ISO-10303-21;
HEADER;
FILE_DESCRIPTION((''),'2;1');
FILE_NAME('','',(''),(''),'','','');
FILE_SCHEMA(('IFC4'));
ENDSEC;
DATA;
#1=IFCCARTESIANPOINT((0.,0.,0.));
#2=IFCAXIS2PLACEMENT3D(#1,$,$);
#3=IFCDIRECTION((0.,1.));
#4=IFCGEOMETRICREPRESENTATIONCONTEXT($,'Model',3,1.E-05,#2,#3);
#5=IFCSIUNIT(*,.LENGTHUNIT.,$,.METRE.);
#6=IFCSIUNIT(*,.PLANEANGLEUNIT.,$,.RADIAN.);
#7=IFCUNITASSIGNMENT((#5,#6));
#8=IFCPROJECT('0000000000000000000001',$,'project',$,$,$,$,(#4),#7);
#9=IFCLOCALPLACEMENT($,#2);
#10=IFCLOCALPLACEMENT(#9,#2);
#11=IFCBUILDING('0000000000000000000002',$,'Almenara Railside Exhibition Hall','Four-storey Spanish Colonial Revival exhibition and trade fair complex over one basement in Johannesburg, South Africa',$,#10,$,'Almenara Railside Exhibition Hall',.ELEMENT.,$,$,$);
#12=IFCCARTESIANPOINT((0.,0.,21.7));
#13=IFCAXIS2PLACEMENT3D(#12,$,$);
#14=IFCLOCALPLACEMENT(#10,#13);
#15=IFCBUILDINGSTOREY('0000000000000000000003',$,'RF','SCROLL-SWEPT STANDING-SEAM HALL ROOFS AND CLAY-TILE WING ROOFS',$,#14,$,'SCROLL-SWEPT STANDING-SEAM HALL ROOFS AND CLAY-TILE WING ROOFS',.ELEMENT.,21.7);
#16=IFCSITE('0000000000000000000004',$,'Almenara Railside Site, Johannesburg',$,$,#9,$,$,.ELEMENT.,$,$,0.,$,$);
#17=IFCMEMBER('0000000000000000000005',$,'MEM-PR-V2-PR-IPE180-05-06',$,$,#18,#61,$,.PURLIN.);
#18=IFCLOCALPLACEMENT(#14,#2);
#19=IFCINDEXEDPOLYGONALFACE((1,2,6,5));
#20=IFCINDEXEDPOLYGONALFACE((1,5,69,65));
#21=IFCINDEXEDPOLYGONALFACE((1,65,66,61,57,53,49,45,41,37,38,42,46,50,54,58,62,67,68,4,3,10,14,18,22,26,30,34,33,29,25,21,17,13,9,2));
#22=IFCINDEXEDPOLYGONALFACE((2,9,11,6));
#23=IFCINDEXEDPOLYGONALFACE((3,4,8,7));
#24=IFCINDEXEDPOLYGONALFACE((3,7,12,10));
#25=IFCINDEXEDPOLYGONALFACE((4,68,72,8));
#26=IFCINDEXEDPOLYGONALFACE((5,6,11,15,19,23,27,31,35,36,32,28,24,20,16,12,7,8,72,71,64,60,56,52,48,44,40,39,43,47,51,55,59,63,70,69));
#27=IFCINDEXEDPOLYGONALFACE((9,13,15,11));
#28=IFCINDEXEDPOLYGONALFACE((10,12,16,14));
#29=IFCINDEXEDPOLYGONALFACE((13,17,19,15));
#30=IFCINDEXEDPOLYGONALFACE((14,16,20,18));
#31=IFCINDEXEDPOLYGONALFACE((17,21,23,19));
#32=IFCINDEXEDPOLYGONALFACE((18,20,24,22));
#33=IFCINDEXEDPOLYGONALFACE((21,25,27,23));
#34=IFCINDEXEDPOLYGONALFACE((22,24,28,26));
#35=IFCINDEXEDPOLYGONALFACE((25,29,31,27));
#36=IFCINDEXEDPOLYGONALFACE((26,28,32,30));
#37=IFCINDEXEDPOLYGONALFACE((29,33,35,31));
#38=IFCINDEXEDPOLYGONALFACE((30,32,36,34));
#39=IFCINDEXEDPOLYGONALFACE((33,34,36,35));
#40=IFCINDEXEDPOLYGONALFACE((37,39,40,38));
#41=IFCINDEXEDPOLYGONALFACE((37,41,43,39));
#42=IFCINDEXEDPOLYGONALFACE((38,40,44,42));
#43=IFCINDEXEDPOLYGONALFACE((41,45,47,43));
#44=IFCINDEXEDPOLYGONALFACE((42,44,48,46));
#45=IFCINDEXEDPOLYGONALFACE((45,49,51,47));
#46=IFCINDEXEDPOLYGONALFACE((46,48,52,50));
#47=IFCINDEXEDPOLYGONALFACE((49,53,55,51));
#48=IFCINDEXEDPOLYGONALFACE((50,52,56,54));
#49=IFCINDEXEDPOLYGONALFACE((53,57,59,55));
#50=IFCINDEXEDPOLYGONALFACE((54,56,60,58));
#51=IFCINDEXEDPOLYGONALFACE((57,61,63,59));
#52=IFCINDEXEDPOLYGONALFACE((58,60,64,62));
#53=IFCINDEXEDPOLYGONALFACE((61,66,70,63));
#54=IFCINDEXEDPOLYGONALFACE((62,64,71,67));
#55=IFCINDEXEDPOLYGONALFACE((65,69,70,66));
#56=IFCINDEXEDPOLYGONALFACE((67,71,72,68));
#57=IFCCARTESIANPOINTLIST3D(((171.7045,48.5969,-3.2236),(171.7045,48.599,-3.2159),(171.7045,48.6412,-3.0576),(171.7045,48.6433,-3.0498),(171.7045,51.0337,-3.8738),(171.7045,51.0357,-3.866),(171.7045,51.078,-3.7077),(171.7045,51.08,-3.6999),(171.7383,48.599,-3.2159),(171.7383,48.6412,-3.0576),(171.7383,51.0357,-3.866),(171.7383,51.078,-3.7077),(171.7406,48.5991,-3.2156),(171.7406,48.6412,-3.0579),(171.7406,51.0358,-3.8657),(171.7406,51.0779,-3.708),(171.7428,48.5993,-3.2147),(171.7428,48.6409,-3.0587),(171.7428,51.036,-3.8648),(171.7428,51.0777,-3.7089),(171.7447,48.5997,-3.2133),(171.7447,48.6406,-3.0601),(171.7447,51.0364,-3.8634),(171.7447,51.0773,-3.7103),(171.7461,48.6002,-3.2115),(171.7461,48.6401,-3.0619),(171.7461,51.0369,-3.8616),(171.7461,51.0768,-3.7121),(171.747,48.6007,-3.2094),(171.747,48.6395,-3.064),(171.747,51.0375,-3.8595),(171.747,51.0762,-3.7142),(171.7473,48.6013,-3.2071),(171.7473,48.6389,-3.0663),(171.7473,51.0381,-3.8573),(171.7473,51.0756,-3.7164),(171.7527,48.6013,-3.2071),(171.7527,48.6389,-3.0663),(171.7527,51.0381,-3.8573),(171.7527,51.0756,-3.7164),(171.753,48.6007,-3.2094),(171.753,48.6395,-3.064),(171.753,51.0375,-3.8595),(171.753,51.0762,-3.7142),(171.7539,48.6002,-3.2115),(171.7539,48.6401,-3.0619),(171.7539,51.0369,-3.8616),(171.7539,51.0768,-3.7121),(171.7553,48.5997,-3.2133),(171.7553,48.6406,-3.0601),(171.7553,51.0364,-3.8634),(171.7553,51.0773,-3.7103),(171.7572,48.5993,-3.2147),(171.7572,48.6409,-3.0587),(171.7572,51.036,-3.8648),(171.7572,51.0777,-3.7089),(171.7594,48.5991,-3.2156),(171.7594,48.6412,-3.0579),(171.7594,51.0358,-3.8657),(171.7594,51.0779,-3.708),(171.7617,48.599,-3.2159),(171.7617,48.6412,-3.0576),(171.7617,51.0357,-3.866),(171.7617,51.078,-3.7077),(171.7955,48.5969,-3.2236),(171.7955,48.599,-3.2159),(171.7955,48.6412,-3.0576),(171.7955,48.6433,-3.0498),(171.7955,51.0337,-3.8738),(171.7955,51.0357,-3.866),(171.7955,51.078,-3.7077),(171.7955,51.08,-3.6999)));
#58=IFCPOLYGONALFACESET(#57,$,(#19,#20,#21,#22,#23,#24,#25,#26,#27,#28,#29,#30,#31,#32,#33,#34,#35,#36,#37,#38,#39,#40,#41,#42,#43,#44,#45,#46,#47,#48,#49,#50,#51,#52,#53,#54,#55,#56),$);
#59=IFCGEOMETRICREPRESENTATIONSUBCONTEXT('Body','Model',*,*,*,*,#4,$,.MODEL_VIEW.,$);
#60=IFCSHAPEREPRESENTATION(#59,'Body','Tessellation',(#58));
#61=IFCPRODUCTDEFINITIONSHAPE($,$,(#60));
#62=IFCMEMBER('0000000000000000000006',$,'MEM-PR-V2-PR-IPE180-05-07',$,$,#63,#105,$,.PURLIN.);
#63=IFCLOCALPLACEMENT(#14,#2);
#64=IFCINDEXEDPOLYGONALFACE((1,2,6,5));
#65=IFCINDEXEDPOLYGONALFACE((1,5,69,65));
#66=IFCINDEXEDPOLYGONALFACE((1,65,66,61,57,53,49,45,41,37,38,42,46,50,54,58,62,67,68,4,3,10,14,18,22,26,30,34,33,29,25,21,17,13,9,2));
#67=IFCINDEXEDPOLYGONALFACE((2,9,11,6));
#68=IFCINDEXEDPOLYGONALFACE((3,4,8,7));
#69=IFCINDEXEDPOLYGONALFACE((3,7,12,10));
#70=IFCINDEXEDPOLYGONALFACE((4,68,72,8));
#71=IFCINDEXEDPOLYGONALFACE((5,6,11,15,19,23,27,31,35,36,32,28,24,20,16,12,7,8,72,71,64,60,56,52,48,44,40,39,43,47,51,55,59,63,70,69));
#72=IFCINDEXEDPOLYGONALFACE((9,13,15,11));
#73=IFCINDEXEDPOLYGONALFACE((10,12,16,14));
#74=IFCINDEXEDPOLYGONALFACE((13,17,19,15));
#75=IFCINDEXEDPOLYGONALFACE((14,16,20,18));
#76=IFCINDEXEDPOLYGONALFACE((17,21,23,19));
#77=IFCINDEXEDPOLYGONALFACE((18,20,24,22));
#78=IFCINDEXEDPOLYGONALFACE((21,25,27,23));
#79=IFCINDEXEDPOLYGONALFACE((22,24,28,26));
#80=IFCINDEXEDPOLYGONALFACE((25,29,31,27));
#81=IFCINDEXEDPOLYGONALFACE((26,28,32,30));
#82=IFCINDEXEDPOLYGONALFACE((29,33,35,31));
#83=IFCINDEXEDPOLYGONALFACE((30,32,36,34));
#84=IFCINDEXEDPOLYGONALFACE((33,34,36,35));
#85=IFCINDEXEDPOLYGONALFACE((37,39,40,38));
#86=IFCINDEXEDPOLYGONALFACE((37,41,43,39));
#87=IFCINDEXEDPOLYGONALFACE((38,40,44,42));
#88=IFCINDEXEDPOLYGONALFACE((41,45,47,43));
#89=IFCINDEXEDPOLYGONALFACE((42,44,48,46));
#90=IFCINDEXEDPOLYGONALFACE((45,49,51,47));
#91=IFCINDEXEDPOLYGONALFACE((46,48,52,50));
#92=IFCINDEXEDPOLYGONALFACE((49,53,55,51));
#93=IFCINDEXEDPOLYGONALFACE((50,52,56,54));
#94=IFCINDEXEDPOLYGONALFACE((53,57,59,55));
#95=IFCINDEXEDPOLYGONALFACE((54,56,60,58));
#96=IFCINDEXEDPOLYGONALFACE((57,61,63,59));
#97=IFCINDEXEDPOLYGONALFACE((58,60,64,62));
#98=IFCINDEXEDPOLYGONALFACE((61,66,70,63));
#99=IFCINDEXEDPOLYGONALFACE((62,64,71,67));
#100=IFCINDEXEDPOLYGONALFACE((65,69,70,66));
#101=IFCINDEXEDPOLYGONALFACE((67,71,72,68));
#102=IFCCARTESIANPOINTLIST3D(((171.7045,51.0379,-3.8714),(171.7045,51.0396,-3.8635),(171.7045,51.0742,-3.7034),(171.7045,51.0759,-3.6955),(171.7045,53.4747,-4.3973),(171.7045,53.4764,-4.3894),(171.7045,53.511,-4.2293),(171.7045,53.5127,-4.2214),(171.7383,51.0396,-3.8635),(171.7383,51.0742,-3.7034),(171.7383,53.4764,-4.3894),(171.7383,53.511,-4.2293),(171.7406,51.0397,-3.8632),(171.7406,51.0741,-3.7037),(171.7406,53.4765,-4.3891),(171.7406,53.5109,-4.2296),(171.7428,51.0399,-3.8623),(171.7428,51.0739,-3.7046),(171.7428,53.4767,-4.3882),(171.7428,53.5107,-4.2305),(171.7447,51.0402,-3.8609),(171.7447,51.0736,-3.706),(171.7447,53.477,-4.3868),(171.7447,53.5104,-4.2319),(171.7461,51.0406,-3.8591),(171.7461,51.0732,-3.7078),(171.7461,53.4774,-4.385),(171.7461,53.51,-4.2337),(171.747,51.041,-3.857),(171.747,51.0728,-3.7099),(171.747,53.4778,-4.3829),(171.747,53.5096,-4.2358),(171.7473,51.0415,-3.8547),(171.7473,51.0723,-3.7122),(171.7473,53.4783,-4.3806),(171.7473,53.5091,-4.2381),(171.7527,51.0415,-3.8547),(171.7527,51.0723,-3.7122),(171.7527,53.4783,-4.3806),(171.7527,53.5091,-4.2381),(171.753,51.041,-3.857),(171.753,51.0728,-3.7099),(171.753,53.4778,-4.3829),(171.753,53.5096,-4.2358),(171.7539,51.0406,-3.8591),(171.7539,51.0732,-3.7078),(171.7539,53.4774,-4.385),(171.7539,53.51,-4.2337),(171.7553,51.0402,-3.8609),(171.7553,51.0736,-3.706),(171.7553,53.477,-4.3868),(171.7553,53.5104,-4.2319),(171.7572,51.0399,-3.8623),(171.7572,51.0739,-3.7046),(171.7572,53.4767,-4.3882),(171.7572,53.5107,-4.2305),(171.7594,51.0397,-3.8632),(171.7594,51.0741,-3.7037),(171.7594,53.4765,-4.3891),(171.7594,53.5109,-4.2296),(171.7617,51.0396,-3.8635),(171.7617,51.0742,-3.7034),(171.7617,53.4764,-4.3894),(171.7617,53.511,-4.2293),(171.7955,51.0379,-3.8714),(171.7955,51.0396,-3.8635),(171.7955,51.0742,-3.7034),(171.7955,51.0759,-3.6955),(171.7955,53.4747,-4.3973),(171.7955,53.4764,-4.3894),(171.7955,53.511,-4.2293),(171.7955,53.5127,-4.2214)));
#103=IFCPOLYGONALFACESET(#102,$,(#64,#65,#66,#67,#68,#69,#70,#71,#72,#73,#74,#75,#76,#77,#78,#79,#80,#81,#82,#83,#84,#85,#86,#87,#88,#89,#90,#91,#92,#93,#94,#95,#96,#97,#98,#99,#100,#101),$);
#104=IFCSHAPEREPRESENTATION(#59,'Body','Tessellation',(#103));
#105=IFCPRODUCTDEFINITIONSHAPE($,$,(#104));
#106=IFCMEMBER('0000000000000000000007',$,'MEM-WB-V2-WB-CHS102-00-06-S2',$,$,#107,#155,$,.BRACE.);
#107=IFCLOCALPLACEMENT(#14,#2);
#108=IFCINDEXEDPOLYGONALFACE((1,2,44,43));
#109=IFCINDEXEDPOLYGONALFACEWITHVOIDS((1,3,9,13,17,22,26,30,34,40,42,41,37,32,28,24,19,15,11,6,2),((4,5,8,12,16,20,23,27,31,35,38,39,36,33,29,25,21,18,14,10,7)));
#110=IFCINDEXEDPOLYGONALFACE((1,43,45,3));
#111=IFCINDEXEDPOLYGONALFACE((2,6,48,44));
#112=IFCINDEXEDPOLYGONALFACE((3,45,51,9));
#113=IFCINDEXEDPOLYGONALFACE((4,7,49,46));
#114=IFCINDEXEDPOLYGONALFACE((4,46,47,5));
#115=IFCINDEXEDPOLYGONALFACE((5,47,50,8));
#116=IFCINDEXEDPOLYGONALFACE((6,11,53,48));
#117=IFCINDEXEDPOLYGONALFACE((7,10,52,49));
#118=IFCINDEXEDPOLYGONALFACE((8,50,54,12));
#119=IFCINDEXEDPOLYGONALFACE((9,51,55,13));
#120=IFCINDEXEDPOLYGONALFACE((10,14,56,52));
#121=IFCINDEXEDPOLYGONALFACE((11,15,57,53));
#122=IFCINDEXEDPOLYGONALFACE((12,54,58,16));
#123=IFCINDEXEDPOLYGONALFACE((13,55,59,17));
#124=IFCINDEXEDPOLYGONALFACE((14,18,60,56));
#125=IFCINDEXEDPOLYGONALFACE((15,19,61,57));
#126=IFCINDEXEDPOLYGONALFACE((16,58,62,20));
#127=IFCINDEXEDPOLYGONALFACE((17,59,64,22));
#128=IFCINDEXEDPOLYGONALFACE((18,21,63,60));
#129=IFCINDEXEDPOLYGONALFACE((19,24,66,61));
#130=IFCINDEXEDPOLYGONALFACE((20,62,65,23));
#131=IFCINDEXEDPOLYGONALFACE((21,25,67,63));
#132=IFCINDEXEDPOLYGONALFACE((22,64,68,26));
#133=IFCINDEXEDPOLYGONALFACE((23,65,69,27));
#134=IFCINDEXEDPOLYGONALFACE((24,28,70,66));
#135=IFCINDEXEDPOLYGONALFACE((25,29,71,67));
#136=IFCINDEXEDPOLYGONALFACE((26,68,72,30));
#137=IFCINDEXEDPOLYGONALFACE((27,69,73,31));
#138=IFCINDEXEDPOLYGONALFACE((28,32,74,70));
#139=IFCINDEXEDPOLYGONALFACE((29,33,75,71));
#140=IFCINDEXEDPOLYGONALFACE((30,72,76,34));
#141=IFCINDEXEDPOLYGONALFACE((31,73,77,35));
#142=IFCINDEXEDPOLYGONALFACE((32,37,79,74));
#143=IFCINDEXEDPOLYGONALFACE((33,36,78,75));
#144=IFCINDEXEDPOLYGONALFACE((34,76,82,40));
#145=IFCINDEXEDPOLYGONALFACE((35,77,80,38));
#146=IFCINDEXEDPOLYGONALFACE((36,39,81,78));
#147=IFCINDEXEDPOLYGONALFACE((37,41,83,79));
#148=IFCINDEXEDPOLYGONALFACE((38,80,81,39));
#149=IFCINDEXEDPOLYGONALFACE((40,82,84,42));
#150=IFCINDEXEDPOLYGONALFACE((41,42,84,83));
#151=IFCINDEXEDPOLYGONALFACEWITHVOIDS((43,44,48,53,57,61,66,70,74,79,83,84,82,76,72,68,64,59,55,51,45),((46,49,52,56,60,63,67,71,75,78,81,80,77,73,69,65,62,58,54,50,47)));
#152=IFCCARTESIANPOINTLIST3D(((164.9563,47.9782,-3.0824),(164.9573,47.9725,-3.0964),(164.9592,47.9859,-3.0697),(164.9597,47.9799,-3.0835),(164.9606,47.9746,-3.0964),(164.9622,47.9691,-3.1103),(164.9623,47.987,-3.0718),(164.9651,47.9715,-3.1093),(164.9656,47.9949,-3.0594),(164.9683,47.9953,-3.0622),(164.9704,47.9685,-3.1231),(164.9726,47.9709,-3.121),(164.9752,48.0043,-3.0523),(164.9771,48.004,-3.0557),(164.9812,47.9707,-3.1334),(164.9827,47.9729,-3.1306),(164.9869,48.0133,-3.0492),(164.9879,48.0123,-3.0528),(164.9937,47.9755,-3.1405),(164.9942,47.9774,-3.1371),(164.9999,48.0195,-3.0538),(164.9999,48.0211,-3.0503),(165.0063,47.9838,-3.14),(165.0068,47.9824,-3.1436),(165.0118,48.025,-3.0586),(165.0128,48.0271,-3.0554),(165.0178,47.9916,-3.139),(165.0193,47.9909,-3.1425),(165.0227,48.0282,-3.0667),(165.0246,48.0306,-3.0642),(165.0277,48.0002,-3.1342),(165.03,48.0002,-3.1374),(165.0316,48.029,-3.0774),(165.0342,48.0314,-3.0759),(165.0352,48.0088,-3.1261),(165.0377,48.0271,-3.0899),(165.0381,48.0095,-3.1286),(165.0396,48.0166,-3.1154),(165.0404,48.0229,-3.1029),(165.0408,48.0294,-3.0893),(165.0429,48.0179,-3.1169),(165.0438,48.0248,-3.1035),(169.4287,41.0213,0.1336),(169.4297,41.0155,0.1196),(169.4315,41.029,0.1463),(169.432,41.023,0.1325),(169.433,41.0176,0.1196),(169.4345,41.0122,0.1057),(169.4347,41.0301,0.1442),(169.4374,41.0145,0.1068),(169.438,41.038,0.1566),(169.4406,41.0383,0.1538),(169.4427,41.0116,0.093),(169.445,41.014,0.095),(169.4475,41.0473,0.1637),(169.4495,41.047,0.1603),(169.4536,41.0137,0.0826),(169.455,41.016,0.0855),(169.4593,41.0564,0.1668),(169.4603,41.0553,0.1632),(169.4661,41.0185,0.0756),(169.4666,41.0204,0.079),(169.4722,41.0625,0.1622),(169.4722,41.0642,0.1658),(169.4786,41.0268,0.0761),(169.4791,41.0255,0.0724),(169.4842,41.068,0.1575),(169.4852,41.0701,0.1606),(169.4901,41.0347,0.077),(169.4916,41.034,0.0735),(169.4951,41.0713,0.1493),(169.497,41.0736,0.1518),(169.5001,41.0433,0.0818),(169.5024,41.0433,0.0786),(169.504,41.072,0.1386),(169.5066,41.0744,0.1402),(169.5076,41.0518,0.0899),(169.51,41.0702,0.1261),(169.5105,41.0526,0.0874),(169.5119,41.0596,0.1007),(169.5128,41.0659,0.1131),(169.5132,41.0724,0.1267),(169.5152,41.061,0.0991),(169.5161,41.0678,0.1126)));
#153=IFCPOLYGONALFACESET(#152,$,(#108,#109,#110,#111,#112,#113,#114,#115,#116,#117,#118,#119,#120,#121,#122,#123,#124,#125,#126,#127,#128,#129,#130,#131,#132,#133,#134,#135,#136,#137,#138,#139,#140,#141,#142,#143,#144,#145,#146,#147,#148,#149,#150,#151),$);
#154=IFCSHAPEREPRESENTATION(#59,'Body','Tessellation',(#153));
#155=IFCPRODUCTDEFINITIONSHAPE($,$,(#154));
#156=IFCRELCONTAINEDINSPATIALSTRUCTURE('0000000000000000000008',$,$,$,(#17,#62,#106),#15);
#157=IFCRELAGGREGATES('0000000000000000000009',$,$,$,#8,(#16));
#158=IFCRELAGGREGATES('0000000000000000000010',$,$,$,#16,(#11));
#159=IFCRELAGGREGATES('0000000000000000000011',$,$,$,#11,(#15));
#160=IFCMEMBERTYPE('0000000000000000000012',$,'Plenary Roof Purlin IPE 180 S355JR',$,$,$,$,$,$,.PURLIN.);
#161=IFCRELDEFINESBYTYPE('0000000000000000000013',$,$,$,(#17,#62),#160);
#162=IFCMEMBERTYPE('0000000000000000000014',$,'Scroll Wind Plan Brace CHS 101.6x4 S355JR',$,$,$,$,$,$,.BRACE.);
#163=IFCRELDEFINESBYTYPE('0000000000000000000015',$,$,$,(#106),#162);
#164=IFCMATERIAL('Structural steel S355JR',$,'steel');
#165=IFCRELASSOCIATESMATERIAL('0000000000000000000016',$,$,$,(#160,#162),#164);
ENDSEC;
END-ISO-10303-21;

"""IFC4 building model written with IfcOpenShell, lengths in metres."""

from ifc_helpers import new_model, si_unit, direction, frame, origin, origin_2d, place, context, subcontext, project, spatial, hollow_circle, i_section, extrude, material, material_profile, profile_set, type_object, element, save


model = new_model("IFC4")

# Units and contexts
model_context = context("Model", 3, precision=1e-05, world=origin(), true_north=direction((0.0, 1.0)))
body_context = subcontext(model_context, "Body", "Model", "MODEL_VIEW")
ifc_project = project(units=[si_unit("LENGTHUNIT", "METRE"), si_unit("PLANEANGLEUNIT", "RADIAN")], contexts=[model_context])

# Site, building, storey
site_placement = place(None, origin())
site = spatial("IfcSite", under=ifc_project, at=site_placement, Name="Almenara Railside Site, Johannesburg", CompositionType="ELEMENT", RefElevation=0.0)
building_placement = place(site_placement, origin())
building = spatial("IfcBuilding", under=site, at=building_placement, Name="Almenara Railside Exhibition Hall", Description="Four-storey Spanish Colonial Revival exhibition and trade fair complex over one basement in Johannesburg, South Africa", LongName="Almenara Railside Exhibition Hall", CompositionType="ELEMENT")
storey_placement = place(building_placement, frame((0.0, 0.0, 21.7)))
storey = spatial("IfcBuildingStorey", under=building, at=storey_placement, Name="RF", Description="SCROLL-SWEPT STANDING-SEAM HALL ROOFS AND CLAY-TILE WING ROOFS", LongName="SCROLL-SWEPT STANDING-SEAM HALL ROOFS AND CLAY-TILE WING ROOFS", CompositionType="ELEMENT", Elevation=21.7)

# Members
ifc_material_1 = material(Name="Structural steel S355JR", Category="steel")
ifc_material_profile_1 = material_profile(ifc_material_1, i_section(OverallWidth=0.0911, OverallDepth=0.1799, WebThickness=0.0054, FlangeThickness=0.0081, FilletRadius=0.009, at=origin_2d()), Name="IPE 180")
ifc_profile_set_1 = profile_set([ifc_material_profile_1], Name="Structural steel S355JR")
member_type_1 = type_object("IfcMemberType", Name="Plenary Roof Purlin IPE 180 S355JR", PredefinedType="PURLIN", material=ifc_profile_set_1)
member_1_placement = place(storey_placement, frame((171.75, 48.6201, -3.1367), z_axis=(0.0, 0.966201, -0.257789), x_axis=(-1.0, 0.0, 0.0)))
element("IfcMember", 1, at=member_1_placement, inside=storey, type_object=member_type_1, Name="MEM-PR-V2-PR-IPE180-05-06", PredefinedType="PURLIN", context=body_context, shape_type="SweptSolid", body=[
    extrude(i_section(OverallWidth=0.0911, OverallDepth=0.1799, WebThickness=0.0054, FlangeThickness=0.0081, FilletRadius=0.009, at=origin_2d()), origin(), (0.0, 0.0, 1.0), 2.522),
])
member_2_placement = place(storey_placement, frame((171.75, 51.0569, -3.7834), z_axis=(0.0, 0.977496, -0.210953), x_axis=(-1.0, 0.0, 0.0)))
element("IfcMember", 2, at=member_2_placement, inside=storey, type_object=member_type_1, Name="MEM-PR-V2-PR-IPE180-05-07", PredefinedType="PURLIN", context=body_context, shape_type="SweptSolid", body=[
    extrude(i_section(OverallWidth=0.0911, OverallDepth=0.1799, WebThickness=0.0054, FlangeThickness=0.0081, FilletRadius=0.009, at=origin_2d()), origin(), (0.0, 0.0, 1.0), 2.4929),
])
ifc_material_profile_2 = material_profile(ifc_material_1, hollow_circle(Radius=0.0508, WallThickness=0.0039, at=origin_2d()), Name="CHS 101.6x4")
ifc_profile_set_2 = profile_set([ifc_material_profile_2], Name="Structural steel S355JR")
member_type_2 = type_object("IfcMemberType", Name="Scroll Wind Plan Brace CHS 101.6x4 S355JR", PredefinedType="BRACE", material=ifc_profile_set_2)
member_3_placement = place(storey_placement, frame((169.4724, 41.043, 0.1196), z_axis=(-0.503997, 0.783989, -0.362419), x_axis=(-0.841177, -0.540761, 0.0)))
element("IfcMember", 3, at=member_3_placement, inside=storey, type_object=member_type_2, Name="MEM-WB-V2-WB-CHS102-00-06-S2", PredefinedType="BRACE", context=body_context, shape_type="SweptSolid", body=[
    extrude(hollow_circle(Radius=0.0508, WallThickness=0.0039, at=origin_2d()), origin(), (0.0, 0.0, 1.0), 8.8738),
])

save(model, "model.ifc")
